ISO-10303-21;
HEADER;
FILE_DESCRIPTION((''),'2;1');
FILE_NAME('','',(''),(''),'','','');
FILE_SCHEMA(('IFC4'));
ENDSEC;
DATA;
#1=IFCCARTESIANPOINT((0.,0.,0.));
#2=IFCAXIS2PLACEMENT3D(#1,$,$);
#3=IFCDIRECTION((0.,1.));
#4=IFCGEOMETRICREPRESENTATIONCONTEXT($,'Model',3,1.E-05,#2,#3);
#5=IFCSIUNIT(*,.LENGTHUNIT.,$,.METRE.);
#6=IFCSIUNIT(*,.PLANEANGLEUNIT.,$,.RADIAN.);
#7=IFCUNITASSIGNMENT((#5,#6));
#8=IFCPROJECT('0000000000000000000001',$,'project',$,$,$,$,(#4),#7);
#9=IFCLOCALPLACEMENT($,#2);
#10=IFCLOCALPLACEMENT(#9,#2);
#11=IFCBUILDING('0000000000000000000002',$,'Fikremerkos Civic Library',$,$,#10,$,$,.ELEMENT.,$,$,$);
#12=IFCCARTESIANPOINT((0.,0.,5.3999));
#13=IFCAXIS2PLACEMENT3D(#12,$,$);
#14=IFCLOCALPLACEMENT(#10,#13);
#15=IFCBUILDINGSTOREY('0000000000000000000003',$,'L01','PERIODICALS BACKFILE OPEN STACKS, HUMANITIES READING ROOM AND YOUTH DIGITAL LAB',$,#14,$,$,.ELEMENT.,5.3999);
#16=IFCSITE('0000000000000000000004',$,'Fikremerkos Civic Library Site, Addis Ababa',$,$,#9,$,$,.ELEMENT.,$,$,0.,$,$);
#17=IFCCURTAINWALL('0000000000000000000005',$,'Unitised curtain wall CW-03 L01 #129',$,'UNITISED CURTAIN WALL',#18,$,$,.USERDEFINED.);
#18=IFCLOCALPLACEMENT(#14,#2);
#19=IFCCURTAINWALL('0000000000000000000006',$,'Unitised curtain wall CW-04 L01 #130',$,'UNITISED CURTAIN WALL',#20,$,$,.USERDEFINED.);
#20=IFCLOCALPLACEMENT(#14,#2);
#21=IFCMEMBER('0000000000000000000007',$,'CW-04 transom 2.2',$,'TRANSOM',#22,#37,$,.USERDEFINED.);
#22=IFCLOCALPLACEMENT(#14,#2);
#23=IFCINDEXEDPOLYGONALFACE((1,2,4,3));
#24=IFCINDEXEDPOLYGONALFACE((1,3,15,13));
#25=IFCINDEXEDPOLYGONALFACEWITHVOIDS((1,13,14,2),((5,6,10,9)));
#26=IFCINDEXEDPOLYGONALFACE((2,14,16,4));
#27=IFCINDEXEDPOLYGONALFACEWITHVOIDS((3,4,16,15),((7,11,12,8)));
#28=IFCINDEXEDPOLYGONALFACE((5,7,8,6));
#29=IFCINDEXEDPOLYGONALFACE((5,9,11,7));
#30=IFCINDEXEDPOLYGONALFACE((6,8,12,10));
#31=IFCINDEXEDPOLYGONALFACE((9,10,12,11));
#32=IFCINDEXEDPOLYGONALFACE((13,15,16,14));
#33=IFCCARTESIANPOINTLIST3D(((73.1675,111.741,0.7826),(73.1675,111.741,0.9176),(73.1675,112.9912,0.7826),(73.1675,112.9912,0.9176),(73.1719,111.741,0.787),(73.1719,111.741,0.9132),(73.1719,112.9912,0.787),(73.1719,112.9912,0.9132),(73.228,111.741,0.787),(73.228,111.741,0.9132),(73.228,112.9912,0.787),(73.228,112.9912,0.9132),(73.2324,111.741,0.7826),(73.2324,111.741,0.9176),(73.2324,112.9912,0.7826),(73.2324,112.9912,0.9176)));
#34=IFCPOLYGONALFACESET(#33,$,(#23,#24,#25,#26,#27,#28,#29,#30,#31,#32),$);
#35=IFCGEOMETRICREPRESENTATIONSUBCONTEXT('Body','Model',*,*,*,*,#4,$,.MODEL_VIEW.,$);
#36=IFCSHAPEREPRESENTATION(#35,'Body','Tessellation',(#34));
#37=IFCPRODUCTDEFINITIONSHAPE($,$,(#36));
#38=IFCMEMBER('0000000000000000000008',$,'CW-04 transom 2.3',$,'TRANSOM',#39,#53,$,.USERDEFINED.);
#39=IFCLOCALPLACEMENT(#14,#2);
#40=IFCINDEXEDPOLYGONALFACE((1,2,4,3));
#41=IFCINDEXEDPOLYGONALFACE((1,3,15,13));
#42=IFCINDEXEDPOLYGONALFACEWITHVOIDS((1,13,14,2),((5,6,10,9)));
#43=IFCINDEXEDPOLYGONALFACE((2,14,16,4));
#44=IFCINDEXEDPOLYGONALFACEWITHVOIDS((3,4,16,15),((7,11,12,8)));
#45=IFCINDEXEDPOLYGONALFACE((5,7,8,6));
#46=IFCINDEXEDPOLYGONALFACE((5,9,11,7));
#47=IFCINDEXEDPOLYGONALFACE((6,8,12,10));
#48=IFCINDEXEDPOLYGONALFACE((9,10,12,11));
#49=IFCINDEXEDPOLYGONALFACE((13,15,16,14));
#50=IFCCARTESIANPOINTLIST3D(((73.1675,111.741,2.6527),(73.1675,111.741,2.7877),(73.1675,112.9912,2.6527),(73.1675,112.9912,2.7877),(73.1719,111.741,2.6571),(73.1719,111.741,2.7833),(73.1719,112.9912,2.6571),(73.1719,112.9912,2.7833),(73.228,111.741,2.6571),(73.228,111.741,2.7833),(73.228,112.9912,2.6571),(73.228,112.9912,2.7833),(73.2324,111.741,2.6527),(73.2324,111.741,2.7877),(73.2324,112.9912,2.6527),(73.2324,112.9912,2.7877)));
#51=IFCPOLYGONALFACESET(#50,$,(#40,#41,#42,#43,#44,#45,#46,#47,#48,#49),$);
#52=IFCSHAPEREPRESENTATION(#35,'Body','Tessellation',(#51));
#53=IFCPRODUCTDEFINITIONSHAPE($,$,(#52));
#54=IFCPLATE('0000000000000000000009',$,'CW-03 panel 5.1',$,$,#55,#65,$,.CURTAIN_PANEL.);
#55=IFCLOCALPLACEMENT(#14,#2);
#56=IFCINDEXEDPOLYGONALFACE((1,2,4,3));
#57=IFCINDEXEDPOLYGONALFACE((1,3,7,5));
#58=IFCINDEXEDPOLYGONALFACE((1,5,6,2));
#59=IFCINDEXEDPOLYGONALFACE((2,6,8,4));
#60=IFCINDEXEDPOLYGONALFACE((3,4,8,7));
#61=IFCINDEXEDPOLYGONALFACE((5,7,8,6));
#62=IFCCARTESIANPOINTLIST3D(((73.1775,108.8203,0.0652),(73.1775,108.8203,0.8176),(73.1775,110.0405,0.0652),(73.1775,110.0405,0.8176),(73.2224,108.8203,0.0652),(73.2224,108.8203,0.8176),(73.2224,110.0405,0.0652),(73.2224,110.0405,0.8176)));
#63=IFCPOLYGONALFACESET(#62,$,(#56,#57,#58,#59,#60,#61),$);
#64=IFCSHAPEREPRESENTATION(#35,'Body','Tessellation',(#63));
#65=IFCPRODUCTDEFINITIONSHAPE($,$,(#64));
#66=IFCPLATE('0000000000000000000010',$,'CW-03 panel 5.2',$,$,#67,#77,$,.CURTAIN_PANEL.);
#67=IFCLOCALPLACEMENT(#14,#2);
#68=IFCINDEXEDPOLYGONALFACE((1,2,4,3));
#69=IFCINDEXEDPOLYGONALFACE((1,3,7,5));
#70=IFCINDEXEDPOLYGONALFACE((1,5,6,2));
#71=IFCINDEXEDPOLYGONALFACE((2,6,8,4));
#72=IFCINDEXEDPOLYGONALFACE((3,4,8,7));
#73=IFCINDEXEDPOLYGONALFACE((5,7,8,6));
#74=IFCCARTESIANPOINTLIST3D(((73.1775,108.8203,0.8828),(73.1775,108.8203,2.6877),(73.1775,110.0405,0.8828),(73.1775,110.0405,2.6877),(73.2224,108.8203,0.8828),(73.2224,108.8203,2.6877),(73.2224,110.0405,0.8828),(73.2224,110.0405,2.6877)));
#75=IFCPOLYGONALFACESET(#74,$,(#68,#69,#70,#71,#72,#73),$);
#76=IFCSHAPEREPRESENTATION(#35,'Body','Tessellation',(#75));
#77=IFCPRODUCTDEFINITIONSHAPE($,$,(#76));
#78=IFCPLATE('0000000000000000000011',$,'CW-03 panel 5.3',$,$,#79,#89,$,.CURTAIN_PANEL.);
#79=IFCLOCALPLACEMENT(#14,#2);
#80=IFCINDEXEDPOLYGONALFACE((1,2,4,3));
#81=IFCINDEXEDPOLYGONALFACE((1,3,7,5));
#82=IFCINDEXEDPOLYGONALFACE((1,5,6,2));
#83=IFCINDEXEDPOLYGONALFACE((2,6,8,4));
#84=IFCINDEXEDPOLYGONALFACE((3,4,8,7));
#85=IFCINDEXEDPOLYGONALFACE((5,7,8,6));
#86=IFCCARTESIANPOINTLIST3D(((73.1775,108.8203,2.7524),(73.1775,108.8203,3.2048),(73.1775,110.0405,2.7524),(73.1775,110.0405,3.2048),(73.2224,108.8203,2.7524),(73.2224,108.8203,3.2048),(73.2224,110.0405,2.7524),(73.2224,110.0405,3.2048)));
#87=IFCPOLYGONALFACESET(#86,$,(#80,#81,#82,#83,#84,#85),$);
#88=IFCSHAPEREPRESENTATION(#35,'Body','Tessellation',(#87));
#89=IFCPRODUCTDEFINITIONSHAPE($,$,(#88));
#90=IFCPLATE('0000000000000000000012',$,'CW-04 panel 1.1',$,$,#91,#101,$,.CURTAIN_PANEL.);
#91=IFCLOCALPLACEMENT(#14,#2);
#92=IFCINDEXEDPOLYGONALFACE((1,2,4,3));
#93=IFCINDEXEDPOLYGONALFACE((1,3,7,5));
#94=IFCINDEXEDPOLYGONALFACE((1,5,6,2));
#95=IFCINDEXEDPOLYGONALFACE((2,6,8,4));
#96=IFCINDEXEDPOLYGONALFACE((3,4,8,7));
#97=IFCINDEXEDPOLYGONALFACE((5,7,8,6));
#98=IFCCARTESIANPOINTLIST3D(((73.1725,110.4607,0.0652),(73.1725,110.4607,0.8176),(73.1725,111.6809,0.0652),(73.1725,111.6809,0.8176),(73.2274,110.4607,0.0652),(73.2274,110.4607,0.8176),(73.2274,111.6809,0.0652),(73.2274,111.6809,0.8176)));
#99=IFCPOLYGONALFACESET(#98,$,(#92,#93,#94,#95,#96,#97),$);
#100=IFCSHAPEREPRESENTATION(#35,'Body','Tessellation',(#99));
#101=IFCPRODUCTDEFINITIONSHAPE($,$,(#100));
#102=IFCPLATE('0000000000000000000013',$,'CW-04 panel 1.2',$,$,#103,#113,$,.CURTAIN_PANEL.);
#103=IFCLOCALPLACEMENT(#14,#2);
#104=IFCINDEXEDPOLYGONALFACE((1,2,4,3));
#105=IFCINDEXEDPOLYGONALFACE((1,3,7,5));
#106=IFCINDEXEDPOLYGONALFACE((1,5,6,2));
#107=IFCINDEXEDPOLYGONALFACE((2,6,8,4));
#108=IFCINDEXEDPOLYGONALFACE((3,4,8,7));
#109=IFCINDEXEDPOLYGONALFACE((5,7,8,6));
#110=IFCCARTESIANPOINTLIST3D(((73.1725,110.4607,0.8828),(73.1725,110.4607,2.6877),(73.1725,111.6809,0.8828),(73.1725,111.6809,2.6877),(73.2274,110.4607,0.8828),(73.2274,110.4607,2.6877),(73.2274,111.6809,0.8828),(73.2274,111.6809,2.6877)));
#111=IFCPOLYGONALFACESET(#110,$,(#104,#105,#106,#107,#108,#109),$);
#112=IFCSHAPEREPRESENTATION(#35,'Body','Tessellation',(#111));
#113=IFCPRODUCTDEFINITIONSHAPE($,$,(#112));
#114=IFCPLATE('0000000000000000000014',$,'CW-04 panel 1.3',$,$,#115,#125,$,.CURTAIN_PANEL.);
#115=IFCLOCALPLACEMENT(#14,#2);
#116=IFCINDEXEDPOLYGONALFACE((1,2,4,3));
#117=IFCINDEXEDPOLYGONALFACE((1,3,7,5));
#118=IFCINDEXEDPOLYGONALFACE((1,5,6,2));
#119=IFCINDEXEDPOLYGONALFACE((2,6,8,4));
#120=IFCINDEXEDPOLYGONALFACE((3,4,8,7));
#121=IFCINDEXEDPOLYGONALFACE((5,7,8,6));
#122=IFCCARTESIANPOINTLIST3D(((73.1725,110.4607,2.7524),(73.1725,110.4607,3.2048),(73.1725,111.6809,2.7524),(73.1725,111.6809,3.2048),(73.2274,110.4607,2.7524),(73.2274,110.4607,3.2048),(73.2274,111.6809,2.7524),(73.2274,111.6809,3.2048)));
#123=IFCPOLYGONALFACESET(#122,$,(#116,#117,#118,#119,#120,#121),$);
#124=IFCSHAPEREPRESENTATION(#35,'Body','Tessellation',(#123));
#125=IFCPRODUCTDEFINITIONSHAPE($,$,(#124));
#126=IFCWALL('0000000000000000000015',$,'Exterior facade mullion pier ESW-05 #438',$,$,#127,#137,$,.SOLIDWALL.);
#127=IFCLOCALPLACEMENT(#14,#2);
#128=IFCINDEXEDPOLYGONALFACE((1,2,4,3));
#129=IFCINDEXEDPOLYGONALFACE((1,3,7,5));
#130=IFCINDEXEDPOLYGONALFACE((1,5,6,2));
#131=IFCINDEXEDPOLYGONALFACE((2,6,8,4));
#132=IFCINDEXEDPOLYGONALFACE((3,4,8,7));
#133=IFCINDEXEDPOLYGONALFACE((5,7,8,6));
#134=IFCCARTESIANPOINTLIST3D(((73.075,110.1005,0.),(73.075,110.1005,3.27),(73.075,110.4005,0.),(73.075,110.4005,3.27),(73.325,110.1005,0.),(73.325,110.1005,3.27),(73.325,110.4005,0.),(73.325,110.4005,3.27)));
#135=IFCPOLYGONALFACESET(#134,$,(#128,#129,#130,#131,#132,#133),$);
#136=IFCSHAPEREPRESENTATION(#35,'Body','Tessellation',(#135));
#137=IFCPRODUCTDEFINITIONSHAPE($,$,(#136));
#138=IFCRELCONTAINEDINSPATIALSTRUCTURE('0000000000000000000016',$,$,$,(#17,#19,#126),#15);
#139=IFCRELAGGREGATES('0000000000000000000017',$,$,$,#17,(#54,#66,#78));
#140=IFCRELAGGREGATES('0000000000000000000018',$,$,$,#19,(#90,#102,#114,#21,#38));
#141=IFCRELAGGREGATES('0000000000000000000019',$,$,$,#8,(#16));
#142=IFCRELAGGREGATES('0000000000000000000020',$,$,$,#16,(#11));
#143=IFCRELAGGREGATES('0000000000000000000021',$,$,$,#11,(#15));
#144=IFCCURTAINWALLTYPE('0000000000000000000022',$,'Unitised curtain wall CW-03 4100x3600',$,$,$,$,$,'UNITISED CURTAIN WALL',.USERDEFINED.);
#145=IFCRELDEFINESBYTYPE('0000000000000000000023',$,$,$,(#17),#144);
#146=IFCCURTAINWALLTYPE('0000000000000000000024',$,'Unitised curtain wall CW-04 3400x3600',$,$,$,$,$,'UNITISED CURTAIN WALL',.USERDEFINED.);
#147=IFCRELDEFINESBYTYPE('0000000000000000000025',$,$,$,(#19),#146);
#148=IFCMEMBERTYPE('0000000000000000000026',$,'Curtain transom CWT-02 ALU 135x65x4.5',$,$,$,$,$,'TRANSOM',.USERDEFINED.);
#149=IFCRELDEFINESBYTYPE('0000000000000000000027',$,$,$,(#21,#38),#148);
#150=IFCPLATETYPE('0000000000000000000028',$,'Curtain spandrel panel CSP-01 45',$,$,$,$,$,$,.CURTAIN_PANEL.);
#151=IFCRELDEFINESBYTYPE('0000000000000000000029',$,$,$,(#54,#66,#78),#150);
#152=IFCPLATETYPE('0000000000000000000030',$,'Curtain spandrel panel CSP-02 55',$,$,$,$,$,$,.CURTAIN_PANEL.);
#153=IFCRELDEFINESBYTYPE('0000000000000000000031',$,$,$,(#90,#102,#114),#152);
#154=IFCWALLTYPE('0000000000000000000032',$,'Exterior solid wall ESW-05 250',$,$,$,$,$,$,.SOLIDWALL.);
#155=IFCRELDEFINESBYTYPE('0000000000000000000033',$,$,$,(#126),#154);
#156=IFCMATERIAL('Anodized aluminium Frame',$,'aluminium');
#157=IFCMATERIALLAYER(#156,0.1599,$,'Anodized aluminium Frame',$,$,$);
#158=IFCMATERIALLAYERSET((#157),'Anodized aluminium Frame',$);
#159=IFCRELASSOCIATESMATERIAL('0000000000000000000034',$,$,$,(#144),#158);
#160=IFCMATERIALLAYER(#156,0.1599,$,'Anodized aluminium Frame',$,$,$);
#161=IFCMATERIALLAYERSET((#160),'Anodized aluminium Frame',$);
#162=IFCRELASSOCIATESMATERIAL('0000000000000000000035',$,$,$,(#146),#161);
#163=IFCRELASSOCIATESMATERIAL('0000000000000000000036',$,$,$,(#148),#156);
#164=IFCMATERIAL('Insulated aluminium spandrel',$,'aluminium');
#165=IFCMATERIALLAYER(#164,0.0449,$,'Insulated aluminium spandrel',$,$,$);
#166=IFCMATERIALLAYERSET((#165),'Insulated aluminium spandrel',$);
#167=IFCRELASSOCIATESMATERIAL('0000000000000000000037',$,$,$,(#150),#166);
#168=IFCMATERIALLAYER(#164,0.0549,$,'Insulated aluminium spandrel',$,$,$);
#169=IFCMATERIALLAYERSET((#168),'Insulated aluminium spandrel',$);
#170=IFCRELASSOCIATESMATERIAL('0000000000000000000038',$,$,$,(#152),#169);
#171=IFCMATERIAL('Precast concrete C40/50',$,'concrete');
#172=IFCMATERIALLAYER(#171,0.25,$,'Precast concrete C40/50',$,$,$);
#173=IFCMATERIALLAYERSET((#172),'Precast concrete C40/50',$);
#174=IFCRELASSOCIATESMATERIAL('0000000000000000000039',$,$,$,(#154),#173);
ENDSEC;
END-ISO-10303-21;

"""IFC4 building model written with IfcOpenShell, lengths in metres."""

from ifc_helpers import new_model, si_unit, direction, frame, frame_2d, origin, origin_2d, place, context, subcontext, project, spatial, rectangle, hollow_rectangle, extrude, material, layer, layer_set, material_profile, profile_set, type_object, element, aggregate, save


model = new_model("IFC4")

# Units and contexts
model_context = context("Model", 3, precision=1e-05, world=origin(), true_north=direction((0.0, 1.0)))
body_context = subcontext(model_context, "Body", "Model", "MODEL_VIEW")
ifc_project = project(units=[si_unit("LENGTHUNIT", "METRE"), si_unit("PLANEANGLEUNIT", "RADIAN")], contexts=[model_context])

# Site, building, storey
site_placement = place(None, origin())
site = spatial("IfcSite", under=ifc_project, at=site_placement, Name="Fikremerkos Civic Library Site, Addis Ababa", CompositionType="ELEMENT", RefElevation=0.0)
building_placement = place(site_placement, origin())
building = spatial("IfcBuilding", under=site, at=building_placement, Name="Fikremerkos Civic Library", CompositionType="ELEMENT")
storey_placement = place(building_placement, frame((0.0, 0.0, 5.3999)))
storey = spatial("IfcBuildingStorey", under=building, at=storey_placement, Name="L01", Description="PERIODICALS BACKFILE OPEN STACKS, HUMANITIES READING ROOM AND YOUTH DIGITAL LAB", CompositionType="ELEMENT", Elevation=5.3999)

# Curtain wall
ifc_material_1 = material(Name="Anodized aluminium Frame", Category="aluminium")
ifc_layer_1 = layer(ifc_material_1, 0.1599, Name="Anodized aluminium Frame")
ifc_layer_set_1 = layer_set([ifc_layer_1], Name="Anodized aluminium Frame")
curtain_wall_type_1 = type_object("IfcCurtainWallType", Name="Unitised curtain wall CW-03 4100x3600", ElementType="UNITISED CURTAIN WALL", PredefinedType="USERDEFINED", material=ifc_layer_set_1)
curtain_wall_1_placement = place(storey_placement, origin())
curtain_wall_1 = element("IfcCurtainWall", 1, at=curtain_wall_1_placement, inside=storey, type_object=curtain_wall_type_1, Name="Unitised curtain wall CW-03 L01 #129", ObjectType="UNITISED CURTAIN WALL", PredefinedType="USERDEFINED")

# Curtain wall
ifc_layer_2 = layer(ifc_material_1, 0.1599, Name="Anodized aluminium Frame")
ifc_layer_set_2 = layer_set([ifc_layer_2], Name="Anodized aluminium Frame")
curtain_wall_type_2 = type_object("IfcCurtainWallType", Name="Unitised curtain wall CW-04 3400x3600", ElementType="UNITISED CURTAIN WALL", PredefinedType="USERDEFINED", material=ifc_layer_set_2)
curtain_wall_2_placement = place(storey_placement, origin())
curtain_wall_2 = element("IfcCurtainWall", 2, at=curtain_wall_2_placement, inside=storey, type_object=curtain_wall_type_2, Name="Unitised curtain wall CW-04 L01 #130", ObjectType="UNITISED CURTAIN WALL", PredefinedType="USERDEFINED")

# Members
ifc_material_profile_1 = material_profile(ifc_material_1, hollow_rectangle(XDim=0.0649, YDim=0.135, WallThickness=0.0044, at=origin_2d()), Name="ALU 135x65x4.5")
ifc_profile_set_1 = profile_set([ifc_material_profile_1], Name="Anodized aluminium Frame")
member_type_1 = type_object("IfcMemberType", Name="Curtain transom CWT-02 ALU 135x65x4.5", ElementType="TRANSOM", PredefinedType="USERDEFINED", material=ifc_profile_set_1)
member_1_placement = place(storey_placement, frame((73.2, 111.741, 0.8501), z_axis=(0.0, 1.0, 0.0), x_axis=(-1.0, 0.0, 0.0)))
member_1 = element("IfcMember", 3, at=member_1_placement, type_object=member_type_1, Name="CW-04 transom 2.2", ObjectType="TRANSOM", PredefinedType="USERDEFINED", context=body_context, shape_type="SweptSolid", body=[
    extrude(hollow_rectangle(XDim=0.0649, YDim=0.135, WallThickness=0.0044, at=origin_2d()), origin(), (0.0, 0.0, 1.0), 1.2502),
])
member_2_placement = place(storey_placement, frame((73.2, 111.741, 2.7202), z_axis=(0.0, 1.0, 0.0), x_axis=(-1.0, 0.0, 0.0)))
member_2 = element("IfcMember", 4, at=member_2_placement, type_object=member_type_1, Name="CW-04 transom 2.3", ObjectType="TRANSOM", PredefinedType="USERDEFINED", context=body_context, shape_type="SweptSolid", body=[
    extrude(hollow_rectangle(XDim=0.0649, YDim=0.135, WallThickness=0.0044, at=origin_2d()), origin(), (0.0, 0.0, 1.0), 1.2502),
])

# Plates
ifc_material_2 = material(Name="Insulated aluminium spandrel", Category="aluminium")
ifc_layer_3 = layer(ifc_material_2, 0.0449, Name="Insulated aluminium spandrel")
ifc_layer_set_3 = layer_set([ifc_layer_3], Name="Insulated aluminium spandrel")
plate_type_1 = type_object("IfcPlateType", Name="Curtain spandrel panel CSP-01 45", PredefinedType="CURTAIN_PANEL", material=ifc_layer_set_3)
plate_1_placement = place(storey_placement, frame((73.2, 109.4304, 0.0652), z_axis=(0.0, 0.0, 1.0), x_axis=(0.0, 1.0, 0.0)))
plate_1 = element("IfcPlate", 5, at=plate_1_placement, type_object=plate_type_1, Name="CW-03 panel 5.1", PredefinedType="CURTAIN_PANEL", context=body_context, shape_type="SweptSolid", body=[
    extrude(rectangle(XDim=1.2202, YDim=0.0449, at=origin_2d()), origin(), (0.0, 0.0, 1.0), 0.7524),
])
plate_2_placement = place(storey_placement, frame((73.2, 109.4304, 0.8828), z_axis=(0.0, 0.0, 1.0), x_axis=(0.0, 1.0, 0.0)))
plate_2 = element("IfcPlate", 6, at=plate_2_placement, type_object=plate_type_1, Name="CW-03 panel 5.2", PredefinedType="CURTAIN_PANEL", context=body_context, shape_type="SweptSolid", body=[
    extrude(rectangle(XDim=1.2202, YDim=0.0449, at=origin_2d()), origin(), (0.0, 0.0, 1.0), 1.8049),
])
plate_3_placement = place(storey_placement, frame((73.2, 109.4304, 2.7524), z_axis=(0.0, 0.0, 1.0), x_axis=(0.0, 1.0, 0.0)))
plate_3 = element("IfcPlate", 7, at=plate_3_placement, type_object=plate_type_1, Name="CW-03 panel 5.3", PredefinedType="CURTAIN_PANEL", context=body_context, shape_type="SweptSolid", body=[
    extrude(rectangle(XDim=1.2202, YDim=0.0449, at=origin_2d()), origin(), (0.0, 0.0, 1.0), 0.4524),
])
aggregate(curtain_wall_1, [plate_1, plate_2, plate_3])
ifc_layer_4 = layer(ifc_material_2, 0.0549, Name="Insulated aluminium spandrel")
ifc_layer_set_4 = layer_set([ifc_layer_4], Name="Insulated aluminium spandrel")
plate_type_2 = type_object("IfcPlateType", Name="Curtain spandrel panel CSP-02 55", PredefinedType="CURTAIN_PANEL", material=ifc_layer_set_4)
plate_4_placement = place(storey_placement, frame((73.2, 111.0708, 0.0652), z_axis=(0.0, 0.0, 1.0), x_axis=(0.0, 1.0, 0.0)))
plate_4 = element("IfcPlate", 8, at=plate_4_placement, type_object=plate_type_2, Name="CW-04 panel 1.1", PredefinedType="CURTAIN_PANEL", context=body_context, shape_type="SweptSolid", body=[
    extrude(rectangle(XDim=1.2202, YDim=0.0549, at=origin_2d()), origin(), (0.0, 0.0, 1.0), 0.7524),
])
plate_5_placement = place(storey_placement, frame((73.2, 111.0708, 0.8828), z_axis=(0.0, 0.0, 1.0), x_axis=(0.0, 1.0, 0.0)))
plate_5 = element("IfcPlate", 9, at=plate_5_placement, type_object=plate_type_2, Name="CW-04 panel 1.2", PredefinedType="CURTAIN_PANEL", context=body_context, shape_type="SweptSolid", body=[
    extrude(rectangle(XDim=1.2202, YDim=0.0549, at=origin_2d()), origin(), (0.0, 0.0, 1.0), 1.8049),
])
plate_6_placement = place(storey_placement, frame((73.2, 111.0708, 2.7524), z_axis=(0.0, 0.0, 1.0), x_axis=(0.0, 1.0, 0.0)))
plate_6 = element("IfcPlate", 10, at=plate_6_placement, type_object=plate_type_2, Name="CW-04 panel 1.3", PredefinedType="CURTAIN_PANEL", context=body_context, shape_type="SweptSolid", body=[
    extrude(rectangle(XDim=1.2202, YDim=0.0549, at=origin_2d()), origin(), (0.0, 0.0, 1.0), 0.4524),
])
aggregate(curtain_wall_2, [plate_4, plate_5, plate_6, member_1, member_2])

# Wall
ifc_material_3 = material(Name="Precast concrete C40/50", Category="concrete")
ifc_layer_5 = layer(ifc_material_3, 0.25, Name="Precast concrete C40/50")
ifc_layer_set_5 = layer_set([ifc_layer_5], Name="Precast concrete C40/50")
wall_type = type_object("IfcWallType", Name="Exterior solid wall ESW-05 250", PredefinedType="SOLIDWALL", material=ifc_layer_set_5)
wall_placement = place(storey_placement, frame((73.2, 110.1006, 0.0), z_axis=(0.0, 0.0, 1.0), x_axis=(0.0, 1.0, 0.0)))
element("IfcWall", 11, at=wall_placement, inside=storey, type_object=wall_type, Name="Exterior facade mullion pier ESW-05 #438", PredefinedType="SOLIDWALL", context=body_context, shape_type="SweptSolid", body=[
    extrude(rectangle(XDim=0.3, YDim=0.25, at=frame_2d((0.1499, 0.0))), origin(), (0.0, 0.0, 1.0), 3.27),
])

save(model, "model.ifc")
